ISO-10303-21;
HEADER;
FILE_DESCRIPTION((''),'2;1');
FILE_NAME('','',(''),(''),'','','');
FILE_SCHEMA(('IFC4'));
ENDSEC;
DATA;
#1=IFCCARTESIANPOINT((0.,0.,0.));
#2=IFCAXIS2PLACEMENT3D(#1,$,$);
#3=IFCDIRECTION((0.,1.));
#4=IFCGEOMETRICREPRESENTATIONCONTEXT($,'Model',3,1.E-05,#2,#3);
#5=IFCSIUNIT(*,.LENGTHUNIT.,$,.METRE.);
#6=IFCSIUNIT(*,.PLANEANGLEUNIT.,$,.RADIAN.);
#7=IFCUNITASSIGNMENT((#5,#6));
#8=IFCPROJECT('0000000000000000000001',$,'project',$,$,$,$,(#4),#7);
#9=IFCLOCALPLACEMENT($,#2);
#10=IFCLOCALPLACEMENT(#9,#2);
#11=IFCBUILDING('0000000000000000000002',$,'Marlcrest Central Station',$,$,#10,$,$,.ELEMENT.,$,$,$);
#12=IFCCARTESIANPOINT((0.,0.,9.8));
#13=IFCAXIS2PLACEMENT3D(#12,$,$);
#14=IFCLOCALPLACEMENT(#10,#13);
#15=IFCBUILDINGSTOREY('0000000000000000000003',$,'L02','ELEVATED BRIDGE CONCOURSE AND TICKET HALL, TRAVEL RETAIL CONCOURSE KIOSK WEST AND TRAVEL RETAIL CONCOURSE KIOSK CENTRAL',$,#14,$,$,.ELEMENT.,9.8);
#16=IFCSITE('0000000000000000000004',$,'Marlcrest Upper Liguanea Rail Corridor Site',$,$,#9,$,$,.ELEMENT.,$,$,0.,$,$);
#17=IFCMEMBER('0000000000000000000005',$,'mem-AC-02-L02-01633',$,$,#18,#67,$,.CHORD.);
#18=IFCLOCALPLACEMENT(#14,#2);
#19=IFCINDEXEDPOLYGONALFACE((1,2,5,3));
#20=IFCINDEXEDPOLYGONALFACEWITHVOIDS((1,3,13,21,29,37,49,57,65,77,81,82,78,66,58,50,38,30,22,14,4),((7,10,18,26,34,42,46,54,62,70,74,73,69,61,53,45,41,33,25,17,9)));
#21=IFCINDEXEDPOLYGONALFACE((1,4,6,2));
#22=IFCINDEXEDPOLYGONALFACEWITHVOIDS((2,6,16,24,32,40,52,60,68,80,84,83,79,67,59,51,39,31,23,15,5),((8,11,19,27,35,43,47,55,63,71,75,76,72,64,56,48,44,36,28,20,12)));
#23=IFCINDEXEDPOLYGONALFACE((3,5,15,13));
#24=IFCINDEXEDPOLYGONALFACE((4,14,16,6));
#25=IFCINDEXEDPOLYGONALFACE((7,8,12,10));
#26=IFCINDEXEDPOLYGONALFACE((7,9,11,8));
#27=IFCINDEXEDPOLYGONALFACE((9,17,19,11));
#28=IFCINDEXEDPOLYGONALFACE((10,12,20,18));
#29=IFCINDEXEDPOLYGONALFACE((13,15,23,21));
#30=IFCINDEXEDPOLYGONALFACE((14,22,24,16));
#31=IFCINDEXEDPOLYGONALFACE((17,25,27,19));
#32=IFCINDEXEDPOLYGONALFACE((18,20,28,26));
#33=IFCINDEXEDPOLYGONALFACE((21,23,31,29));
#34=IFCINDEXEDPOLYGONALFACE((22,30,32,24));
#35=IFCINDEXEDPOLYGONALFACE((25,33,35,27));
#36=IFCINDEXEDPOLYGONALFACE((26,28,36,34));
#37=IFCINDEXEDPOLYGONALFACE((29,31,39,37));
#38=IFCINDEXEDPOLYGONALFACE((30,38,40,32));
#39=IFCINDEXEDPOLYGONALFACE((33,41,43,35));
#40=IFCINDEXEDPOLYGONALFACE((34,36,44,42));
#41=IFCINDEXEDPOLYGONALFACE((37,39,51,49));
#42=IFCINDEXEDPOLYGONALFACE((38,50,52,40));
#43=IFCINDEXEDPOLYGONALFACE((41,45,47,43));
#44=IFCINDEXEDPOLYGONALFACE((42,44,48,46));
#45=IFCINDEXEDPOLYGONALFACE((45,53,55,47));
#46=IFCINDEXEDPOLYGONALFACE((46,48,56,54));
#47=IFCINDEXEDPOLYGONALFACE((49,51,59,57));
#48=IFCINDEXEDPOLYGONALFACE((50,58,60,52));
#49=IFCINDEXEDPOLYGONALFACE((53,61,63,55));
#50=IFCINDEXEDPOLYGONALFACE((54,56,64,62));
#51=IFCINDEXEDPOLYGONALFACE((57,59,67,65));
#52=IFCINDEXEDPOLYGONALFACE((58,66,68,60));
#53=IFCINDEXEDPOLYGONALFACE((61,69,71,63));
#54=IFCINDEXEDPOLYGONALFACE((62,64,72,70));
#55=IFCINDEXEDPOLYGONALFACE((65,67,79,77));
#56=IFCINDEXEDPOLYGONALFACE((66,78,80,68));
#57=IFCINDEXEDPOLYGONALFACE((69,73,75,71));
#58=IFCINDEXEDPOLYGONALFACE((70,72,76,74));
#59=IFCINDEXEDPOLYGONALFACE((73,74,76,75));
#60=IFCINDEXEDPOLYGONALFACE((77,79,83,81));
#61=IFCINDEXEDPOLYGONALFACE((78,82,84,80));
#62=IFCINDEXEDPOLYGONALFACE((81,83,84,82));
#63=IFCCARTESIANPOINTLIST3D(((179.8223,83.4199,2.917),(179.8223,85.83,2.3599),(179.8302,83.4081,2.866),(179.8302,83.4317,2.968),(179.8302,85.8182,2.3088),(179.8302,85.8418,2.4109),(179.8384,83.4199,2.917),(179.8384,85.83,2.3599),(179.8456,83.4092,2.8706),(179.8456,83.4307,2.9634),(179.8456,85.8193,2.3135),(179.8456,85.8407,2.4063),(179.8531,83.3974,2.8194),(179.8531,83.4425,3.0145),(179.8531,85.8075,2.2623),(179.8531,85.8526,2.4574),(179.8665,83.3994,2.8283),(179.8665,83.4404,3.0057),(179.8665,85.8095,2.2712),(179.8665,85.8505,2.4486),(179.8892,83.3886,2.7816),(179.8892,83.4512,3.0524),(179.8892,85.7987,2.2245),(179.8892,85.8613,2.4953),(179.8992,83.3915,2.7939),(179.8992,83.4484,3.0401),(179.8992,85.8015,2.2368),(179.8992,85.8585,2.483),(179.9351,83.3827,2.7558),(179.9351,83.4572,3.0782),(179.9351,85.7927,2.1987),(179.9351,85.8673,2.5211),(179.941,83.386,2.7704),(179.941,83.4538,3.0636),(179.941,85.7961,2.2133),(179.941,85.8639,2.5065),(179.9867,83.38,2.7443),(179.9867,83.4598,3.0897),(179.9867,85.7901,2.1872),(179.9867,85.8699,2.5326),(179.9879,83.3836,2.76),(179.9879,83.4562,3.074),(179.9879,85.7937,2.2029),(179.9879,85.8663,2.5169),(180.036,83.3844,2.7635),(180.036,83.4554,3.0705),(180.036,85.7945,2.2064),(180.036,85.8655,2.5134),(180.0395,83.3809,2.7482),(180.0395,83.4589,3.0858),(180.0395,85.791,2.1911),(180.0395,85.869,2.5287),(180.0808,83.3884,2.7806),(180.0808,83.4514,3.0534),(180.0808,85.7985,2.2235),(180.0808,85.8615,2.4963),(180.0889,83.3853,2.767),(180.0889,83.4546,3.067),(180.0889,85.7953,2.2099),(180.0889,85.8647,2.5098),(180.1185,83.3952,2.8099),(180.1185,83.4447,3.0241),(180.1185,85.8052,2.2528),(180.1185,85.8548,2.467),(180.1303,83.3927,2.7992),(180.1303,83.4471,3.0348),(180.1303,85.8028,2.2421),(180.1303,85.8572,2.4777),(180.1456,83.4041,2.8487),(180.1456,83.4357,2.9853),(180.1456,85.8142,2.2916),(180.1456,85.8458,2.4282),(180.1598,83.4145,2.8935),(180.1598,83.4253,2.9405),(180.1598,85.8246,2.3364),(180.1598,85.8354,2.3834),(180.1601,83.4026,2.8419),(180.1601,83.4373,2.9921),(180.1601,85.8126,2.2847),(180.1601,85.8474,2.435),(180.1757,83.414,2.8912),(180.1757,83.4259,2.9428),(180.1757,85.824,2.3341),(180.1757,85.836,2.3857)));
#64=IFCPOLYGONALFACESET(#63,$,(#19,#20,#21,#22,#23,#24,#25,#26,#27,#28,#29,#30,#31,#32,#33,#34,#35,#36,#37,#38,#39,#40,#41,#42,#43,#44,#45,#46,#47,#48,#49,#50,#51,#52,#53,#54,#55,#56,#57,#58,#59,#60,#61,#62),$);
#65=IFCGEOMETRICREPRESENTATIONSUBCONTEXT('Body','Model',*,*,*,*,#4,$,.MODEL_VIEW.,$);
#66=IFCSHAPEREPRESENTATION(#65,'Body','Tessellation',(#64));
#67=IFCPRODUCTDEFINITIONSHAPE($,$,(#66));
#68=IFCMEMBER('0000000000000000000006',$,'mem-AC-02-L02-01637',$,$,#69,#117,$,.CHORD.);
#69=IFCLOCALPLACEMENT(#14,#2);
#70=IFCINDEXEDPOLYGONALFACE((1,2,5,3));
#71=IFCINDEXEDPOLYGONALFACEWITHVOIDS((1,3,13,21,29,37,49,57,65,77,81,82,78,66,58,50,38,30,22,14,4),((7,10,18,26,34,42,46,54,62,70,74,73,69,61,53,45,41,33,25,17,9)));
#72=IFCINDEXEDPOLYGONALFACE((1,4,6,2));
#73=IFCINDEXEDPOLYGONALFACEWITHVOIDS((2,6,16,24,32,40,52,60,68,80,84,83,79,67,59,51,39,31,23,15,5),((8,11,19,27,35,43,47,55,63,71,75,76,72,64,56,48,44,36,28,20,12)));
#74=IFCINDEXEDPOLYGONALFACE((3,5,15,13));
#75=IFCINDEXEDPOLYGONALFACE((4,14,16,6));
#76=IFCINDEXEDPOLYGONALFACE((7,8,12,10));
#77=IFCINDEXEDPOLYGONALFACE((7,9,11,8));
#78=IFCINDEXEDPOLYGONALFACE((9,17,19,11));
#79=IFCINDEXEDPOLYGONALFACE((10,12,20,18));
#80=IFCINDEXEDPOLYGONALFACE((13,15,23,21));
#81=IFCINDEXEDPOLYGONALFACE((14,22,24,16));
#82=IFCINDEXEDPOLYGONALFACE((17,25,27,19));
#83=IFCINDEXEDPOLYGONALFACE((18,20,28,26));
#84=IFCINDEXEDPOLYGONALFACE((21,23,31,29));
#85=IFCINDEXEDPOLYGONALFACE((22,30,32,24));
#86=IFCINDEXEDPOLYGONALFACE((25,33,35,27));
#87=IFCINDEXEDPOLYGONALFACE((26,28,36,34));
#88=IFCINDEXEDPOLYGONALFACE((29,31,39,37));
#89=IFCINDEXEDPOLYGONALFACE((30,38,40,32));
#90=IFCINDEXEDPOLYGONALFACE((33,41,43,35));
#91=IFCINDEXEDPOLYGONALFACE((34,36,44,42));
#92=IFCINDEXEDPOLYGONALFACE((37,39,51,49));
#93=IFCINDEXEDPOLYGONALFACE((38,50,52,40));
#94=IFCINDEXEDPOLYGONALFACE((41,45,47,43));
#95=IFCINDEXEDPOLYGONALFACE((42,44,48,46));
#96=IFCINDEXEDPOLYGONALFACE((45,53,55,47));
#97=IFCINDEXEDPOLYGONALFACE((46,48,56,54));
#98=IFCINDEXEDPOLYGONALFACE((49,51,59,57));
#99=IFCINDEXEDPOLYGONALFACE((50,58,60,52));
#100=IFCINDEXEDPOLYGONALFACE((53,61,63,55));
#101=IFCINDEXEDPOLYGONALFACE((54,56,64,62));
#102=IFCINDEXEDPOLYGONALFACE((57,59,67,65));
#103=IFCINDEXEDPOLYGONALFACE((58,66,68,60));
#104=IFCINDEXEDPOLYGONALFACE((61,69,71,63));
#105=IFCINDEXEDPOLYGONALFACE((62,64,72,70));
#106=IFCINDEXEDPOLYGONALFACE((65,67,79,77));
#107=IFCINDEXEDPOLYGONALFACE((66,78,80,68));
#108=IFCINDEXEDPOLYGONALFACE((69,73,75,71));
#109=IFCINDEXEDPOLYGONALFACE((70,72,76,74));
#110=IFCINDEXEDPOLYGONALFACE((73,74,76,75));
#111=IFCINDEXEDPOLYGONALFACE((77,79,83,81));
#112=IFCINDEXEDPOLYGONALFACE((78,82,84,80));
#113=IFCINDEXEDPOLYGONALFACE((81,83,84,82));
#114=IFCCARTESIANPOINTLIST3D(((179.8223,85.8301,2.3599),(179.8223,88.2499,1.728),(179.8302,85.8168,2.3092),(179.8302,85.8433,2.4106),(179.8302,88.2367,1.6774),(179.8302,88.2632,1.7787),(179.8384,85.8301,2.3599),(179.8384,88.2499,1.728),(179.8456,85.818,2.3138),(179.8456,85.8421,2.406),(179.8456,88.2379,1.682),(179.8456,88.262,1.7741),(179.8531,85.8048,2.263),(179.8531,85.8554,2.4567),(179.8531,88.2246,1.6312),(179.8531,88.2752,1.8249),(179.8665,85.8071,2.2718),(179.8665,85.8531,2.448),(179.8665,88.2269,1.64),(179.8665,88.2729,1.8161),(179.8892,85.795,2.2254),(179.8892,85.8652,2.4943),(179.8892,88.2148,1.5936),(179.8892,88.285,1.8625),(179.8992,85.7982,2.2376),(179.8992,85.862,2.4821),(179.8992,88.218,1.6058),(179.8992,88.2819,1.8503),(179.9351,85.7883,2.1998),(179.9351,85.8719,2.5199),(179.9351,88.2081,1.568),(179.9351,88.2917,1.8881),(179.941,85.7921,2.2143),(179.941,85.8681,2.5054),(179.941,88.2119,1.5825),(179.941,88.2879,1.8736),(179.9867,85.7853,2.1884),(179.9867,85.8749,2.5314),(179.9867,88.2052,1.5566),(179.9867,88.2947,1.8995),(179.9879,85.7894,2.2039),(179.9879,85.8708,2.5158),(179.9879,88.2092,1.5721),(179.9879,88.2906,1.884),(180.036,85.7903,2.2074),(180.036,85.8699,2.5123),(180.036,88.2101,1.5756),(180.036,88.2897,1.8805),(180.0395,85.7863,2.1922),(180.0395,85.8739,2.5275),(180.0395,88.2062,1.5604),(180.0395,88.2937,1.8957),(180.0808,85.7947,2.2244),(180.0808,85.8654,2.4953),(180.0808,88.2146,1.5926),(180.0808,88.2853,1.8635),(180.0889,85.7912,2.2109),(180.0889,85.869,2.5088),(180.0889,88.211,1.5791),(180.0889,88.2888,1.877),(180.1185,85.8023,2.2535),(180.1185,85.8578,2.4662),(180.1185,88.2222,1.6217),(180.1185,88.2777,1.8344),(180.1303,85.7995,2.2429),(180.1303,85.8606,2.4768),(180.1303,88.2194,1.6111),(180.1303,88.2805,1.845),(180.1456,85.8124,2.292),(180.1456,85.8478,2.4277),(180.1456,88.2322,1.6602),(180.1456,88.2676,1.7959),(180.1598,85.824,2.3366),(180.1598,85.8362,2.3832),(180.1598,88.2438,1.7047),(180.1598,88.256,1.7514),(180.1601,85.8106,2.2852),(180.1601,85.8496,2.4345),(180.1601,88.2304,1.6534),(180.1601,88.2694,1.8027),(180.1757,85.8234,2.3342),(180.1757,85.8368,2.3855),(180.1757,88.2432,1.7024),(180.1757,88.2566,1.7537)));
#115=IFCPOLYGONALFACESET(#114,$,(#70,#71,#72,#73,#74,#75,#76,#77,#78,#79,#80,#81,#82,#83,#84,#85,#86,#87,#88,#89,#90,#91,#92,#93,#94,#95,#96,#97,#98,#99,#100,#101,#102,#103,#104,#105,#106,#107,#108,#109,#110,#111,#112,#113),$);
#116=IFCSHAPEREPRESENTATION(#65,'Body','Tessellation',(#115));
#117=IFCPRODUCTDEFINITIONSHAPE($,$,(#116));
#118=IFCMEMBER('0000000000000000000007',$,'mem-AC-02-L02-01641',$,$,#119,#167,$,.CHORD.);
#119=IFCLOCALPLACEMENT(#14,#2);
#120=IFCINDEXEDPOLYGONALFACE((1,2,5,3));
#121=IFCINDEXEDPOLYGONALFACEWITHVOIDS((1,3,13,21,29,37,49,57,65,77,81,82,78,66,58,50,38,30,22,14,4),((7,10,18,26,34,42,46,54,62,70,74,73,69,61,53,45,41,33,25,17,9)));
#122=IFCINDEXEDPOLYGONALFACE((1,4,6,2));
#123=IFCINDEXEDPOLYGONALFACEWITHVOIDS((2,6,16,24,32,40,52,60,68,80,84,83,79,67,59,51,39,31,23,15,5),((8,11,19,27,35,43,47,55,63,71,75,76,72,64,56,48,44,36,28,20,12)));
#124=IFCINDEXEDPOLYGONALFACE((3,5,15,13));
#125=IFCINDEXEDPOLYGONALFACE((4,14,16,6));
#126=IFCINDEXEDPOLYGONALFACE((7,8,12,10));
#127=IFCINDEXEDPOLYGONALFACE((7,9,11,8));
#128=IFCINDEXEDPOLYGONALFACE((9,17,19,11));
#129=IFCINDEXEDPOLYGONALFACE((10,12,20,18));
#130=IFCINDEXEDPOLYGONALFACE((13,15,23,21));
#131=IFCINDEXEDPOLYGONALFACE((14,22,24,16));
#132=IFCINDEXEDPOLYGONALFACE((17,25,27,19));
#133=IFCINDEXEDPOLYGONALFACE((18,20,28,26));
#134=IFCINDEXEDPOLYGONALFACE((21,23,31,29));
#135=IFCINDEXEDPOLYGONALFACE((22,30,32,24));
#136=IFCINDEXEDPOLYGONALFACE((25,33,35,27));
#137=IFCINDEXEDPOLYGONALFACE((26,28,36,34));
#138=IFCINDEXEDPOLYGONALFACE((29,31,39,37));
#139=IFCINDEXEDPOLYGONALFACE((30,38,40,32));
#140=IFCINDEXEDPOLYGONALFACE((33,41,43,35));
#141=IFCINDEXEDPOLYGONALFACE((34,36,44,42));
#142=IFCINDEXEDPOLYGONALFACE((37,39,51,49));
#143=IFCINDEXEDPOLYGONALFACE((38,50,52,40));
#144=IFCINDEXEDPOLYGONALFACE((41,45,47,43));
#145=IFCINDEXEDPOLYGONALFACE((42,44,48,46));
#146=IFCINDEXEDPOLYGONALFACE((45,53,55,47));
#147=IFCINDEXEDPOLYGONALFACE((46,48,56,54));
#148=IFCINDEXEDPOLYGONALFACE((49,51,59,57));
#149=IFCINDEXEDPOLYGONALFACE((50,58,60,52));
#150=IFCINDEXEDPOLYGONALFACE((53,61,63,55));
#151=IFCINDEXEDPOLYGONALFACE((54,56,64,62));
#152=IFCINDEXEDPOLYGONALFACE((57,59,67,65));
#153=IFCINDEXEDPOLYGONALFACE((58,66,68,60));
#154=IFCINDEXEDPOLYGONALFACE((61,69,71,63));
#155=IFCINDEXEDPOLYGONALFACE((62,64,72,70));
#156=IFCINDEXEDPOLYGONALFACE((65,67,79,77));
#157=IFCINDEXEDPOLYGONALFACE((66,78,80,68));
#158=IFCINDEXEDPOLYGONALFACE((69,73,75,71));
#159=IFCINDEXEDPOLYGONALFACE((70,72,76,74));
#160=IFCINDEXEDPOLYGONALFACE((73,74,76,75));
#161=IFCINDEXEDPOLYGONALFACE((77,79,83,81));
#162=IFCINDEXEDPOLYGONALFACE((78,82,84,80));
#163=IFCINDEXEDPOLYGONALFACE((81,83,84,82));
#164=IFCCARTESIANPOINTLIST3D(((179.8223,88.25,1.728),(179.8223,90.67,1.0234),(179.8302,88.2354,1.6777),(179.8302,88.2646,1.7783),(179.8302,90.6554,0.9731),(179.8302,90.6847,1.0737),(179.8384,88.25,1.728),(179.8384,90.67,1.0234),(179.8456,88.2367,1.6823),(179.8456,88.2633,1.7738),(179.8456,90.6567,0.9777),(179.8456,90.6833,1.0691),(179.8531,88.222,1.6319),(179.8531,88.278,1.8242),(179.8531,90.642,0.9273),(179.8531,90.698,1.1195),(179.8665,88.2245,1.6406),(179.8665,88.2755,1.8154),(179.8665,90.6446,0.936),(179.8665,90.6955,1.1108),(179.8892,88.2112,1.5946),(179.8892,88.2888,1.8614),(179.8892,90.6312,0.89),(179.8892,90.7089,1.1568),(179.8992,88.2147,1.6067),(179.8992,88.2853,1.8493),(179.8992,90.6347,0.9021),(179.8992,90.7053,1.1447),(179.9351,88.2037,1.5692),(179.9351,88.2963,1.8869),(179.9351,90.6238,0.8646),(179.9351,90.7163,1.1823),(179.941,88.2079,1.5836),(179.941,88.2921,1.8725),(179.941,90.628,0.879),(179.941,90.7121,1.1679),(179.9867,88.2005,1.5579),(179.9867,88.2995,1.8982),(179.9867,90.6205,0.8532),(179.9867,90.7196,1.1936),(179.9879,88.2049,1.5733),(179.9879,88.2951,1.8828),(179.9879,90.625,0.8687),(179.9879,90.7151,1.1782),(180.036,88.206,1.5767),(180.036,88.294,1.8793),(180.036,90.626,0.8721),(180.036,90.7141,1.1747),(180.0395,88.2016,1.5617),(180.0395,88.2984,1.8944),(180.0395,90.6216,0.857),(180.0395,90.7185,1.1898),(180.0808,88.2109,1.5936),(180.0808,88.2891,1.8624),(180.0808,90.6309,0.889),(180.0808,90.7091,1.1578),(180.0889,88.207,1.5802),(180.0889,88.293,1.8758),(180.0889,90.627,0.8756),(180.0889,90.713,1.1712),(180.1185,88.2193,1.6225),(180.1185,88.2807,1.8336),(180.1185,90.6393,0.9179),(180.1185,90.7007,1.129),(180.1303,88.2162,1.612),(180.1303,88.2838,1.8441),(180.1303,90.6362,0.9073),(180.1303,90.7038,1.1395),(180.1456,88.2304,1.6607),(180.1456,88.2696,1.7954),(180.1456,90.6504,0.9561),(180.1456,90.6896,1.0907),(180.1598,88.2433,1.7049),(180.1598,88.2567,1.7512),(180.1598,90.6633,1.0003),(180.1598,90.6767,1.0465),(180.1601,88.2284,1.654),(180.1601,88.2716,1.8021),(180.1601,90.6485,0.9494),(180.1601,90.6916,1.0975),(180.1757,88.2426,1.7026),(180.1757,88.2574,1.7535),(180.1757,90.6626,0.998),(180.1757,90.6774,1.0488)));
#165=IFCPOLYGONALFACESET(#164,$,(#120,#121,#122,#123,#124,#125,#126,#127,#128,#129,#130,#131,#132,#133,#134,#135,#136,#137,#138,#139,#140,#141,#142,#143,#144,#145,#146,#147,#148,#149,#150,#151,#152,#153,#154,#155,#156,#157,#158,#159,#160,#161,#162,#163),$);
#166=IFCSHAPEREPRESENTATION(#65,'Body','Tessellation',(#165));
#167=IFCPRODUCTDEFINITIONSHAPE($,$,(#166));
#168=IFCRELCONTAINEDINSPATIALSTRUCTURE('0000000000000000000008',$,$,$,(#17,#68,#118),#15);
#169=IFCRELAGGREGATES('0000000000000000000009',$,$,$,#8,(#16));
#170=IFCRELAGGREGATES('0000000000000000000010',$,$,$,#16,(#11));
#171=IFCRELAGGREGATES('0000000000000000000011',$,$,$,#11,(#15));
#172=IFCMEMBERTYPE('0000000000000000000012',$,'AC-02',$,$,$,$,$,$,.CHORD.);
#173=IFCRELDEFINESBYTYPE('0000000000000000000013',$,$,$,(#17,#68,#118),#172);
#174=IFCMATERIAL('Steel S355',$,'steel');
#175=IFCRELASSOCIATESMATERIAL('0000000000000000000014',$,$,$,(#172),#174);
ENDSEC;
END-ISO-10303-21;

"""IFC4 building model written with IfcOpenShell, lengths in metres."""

from ifc_helpers import new_model, si_unit, direction, frame, origin, origin_2d, place, context, subcontext, project, spatial, hollow_circle, extrude, material, material_profile, profile_set, type_object, element, save


model = new_model("IFC4")

# Units and contexts
model_context = context("Model", 3, precision=1e-05, world=origin(), true_north=direction((0.0, 1.0)))
body_context = subcontext(model_context, "Body", "Model", "MODEL_VIEW")
ifc_project = project(units=[si_unit("LENGTHUNIT", "METRE"), si_unit("PLANEANGLEUNIT", "RADIAN")], contexts=[model_context])

# Site, building, storey
site_placement = place(None, origin())
site = spatial("IfcSite", under=ifc_project, at=site_placement, Name="Marlcrest Upper Liguanea Rail Corridor Site", CompositionType="ELEMENT", RefElevation=0.0)
building_placement = place(site_placement, origin())
building = spatial("IfcBuilding", under=site, at=building_placement, Name="Marlcrest Central Station", CompositionType="ELEMENT")
storey_placement = place(building_placement, frame((0.0, 0.0, 9.8)))
storey = spatial("IfcBuildingStorey", under=building, at=storey_placement, Name="L02", Description="ELEVATED BRIDGE CONCOURSE AND TICKET HALL, TRAVEL RETAIL CONCOURSE KIOSK WEST AND TRAVEL RETAIL CONCOURSE KIOSK CENTRAL", CompositionType="ELEMENT", Elevation=9.8)

# Members
ifc_material_1 = material(Name="Steel S355", Category="steel")
ifc_material_profile_1 = material_profile(ifc_material_1, hollow_circle(Radius=0.1777, WallThickness=0.0161, at=origin_2d()), Name="CHS 355.6x16")
ifc_profile_set_1 = profile_set([ifc_material_profile_1], Name="Steel S355")
member_type_1 = type_object("IfcMemberType", Name="AC-02", PredefinedType="CHORD", material=ifc_profile_set_1)
member_1_placement = place(storey_placement, frame((180.0, 83.4199, 2.917), z_axis=(0.0, 0.974308, -0.22522), x_axis=(-1.0, 0.0, 0.0)))
element("IfcMember", 1, at=member_1_placement, inside=storey, type_object=member_type_1, Name="mem-AC-02-L02-01633", PredefinedType="CHORD", context=body_context, shape_type="SweptSolid", body=[
    extrude(hollow_circle(Radius=0.1777, WallThickness=0.0161, at=origin_2d()), origin(), (0.0, 0.0, 1.0), 2.4736),
])
member_2_placement = place(storey_placement, frame((180.0, 85.8301, 2.3599), z_axis=(0.0, 0.967563, -0.252629), x_axis=(-1.0, 0.0, 0.0)))
element("IfcMember", 2, at=member_2_placement, inside=storey, type_object=member_type_1, Name="mem-AC-02-L02-01637", PredefinedType="CHORD", context=body_context, shape_type="SweptSolid", body=[
    extrude(hollow_circle(Radius=0.1777, WallThickness=0.0161, at=origin_2d()), origin(), (0.0, 0.0, 1.0), 2.501),
])
member_3_placement = place(storey_placement, frame((180.0, 88.25, 1.728), z_axis=(0.0, 0.96013, -0.279554), x_axis=(-1.0, 0.0, 0.0)))
element("IfcMember", 3, at=member_3_placement, inside=storey, type_object=member_type_1, Name="mem-AC-02-L02-01641", PredefinedType="CHORD", context=body_context, shape_type="SweptSolid", body=[
    extrude(hollow_circle(Radius=0.1777, WallThickness=0.0161, at=origin_2d()), origin(), (0.0, 0.0, 1.0), 2.5205),
])

save(model, "model.ifc")
